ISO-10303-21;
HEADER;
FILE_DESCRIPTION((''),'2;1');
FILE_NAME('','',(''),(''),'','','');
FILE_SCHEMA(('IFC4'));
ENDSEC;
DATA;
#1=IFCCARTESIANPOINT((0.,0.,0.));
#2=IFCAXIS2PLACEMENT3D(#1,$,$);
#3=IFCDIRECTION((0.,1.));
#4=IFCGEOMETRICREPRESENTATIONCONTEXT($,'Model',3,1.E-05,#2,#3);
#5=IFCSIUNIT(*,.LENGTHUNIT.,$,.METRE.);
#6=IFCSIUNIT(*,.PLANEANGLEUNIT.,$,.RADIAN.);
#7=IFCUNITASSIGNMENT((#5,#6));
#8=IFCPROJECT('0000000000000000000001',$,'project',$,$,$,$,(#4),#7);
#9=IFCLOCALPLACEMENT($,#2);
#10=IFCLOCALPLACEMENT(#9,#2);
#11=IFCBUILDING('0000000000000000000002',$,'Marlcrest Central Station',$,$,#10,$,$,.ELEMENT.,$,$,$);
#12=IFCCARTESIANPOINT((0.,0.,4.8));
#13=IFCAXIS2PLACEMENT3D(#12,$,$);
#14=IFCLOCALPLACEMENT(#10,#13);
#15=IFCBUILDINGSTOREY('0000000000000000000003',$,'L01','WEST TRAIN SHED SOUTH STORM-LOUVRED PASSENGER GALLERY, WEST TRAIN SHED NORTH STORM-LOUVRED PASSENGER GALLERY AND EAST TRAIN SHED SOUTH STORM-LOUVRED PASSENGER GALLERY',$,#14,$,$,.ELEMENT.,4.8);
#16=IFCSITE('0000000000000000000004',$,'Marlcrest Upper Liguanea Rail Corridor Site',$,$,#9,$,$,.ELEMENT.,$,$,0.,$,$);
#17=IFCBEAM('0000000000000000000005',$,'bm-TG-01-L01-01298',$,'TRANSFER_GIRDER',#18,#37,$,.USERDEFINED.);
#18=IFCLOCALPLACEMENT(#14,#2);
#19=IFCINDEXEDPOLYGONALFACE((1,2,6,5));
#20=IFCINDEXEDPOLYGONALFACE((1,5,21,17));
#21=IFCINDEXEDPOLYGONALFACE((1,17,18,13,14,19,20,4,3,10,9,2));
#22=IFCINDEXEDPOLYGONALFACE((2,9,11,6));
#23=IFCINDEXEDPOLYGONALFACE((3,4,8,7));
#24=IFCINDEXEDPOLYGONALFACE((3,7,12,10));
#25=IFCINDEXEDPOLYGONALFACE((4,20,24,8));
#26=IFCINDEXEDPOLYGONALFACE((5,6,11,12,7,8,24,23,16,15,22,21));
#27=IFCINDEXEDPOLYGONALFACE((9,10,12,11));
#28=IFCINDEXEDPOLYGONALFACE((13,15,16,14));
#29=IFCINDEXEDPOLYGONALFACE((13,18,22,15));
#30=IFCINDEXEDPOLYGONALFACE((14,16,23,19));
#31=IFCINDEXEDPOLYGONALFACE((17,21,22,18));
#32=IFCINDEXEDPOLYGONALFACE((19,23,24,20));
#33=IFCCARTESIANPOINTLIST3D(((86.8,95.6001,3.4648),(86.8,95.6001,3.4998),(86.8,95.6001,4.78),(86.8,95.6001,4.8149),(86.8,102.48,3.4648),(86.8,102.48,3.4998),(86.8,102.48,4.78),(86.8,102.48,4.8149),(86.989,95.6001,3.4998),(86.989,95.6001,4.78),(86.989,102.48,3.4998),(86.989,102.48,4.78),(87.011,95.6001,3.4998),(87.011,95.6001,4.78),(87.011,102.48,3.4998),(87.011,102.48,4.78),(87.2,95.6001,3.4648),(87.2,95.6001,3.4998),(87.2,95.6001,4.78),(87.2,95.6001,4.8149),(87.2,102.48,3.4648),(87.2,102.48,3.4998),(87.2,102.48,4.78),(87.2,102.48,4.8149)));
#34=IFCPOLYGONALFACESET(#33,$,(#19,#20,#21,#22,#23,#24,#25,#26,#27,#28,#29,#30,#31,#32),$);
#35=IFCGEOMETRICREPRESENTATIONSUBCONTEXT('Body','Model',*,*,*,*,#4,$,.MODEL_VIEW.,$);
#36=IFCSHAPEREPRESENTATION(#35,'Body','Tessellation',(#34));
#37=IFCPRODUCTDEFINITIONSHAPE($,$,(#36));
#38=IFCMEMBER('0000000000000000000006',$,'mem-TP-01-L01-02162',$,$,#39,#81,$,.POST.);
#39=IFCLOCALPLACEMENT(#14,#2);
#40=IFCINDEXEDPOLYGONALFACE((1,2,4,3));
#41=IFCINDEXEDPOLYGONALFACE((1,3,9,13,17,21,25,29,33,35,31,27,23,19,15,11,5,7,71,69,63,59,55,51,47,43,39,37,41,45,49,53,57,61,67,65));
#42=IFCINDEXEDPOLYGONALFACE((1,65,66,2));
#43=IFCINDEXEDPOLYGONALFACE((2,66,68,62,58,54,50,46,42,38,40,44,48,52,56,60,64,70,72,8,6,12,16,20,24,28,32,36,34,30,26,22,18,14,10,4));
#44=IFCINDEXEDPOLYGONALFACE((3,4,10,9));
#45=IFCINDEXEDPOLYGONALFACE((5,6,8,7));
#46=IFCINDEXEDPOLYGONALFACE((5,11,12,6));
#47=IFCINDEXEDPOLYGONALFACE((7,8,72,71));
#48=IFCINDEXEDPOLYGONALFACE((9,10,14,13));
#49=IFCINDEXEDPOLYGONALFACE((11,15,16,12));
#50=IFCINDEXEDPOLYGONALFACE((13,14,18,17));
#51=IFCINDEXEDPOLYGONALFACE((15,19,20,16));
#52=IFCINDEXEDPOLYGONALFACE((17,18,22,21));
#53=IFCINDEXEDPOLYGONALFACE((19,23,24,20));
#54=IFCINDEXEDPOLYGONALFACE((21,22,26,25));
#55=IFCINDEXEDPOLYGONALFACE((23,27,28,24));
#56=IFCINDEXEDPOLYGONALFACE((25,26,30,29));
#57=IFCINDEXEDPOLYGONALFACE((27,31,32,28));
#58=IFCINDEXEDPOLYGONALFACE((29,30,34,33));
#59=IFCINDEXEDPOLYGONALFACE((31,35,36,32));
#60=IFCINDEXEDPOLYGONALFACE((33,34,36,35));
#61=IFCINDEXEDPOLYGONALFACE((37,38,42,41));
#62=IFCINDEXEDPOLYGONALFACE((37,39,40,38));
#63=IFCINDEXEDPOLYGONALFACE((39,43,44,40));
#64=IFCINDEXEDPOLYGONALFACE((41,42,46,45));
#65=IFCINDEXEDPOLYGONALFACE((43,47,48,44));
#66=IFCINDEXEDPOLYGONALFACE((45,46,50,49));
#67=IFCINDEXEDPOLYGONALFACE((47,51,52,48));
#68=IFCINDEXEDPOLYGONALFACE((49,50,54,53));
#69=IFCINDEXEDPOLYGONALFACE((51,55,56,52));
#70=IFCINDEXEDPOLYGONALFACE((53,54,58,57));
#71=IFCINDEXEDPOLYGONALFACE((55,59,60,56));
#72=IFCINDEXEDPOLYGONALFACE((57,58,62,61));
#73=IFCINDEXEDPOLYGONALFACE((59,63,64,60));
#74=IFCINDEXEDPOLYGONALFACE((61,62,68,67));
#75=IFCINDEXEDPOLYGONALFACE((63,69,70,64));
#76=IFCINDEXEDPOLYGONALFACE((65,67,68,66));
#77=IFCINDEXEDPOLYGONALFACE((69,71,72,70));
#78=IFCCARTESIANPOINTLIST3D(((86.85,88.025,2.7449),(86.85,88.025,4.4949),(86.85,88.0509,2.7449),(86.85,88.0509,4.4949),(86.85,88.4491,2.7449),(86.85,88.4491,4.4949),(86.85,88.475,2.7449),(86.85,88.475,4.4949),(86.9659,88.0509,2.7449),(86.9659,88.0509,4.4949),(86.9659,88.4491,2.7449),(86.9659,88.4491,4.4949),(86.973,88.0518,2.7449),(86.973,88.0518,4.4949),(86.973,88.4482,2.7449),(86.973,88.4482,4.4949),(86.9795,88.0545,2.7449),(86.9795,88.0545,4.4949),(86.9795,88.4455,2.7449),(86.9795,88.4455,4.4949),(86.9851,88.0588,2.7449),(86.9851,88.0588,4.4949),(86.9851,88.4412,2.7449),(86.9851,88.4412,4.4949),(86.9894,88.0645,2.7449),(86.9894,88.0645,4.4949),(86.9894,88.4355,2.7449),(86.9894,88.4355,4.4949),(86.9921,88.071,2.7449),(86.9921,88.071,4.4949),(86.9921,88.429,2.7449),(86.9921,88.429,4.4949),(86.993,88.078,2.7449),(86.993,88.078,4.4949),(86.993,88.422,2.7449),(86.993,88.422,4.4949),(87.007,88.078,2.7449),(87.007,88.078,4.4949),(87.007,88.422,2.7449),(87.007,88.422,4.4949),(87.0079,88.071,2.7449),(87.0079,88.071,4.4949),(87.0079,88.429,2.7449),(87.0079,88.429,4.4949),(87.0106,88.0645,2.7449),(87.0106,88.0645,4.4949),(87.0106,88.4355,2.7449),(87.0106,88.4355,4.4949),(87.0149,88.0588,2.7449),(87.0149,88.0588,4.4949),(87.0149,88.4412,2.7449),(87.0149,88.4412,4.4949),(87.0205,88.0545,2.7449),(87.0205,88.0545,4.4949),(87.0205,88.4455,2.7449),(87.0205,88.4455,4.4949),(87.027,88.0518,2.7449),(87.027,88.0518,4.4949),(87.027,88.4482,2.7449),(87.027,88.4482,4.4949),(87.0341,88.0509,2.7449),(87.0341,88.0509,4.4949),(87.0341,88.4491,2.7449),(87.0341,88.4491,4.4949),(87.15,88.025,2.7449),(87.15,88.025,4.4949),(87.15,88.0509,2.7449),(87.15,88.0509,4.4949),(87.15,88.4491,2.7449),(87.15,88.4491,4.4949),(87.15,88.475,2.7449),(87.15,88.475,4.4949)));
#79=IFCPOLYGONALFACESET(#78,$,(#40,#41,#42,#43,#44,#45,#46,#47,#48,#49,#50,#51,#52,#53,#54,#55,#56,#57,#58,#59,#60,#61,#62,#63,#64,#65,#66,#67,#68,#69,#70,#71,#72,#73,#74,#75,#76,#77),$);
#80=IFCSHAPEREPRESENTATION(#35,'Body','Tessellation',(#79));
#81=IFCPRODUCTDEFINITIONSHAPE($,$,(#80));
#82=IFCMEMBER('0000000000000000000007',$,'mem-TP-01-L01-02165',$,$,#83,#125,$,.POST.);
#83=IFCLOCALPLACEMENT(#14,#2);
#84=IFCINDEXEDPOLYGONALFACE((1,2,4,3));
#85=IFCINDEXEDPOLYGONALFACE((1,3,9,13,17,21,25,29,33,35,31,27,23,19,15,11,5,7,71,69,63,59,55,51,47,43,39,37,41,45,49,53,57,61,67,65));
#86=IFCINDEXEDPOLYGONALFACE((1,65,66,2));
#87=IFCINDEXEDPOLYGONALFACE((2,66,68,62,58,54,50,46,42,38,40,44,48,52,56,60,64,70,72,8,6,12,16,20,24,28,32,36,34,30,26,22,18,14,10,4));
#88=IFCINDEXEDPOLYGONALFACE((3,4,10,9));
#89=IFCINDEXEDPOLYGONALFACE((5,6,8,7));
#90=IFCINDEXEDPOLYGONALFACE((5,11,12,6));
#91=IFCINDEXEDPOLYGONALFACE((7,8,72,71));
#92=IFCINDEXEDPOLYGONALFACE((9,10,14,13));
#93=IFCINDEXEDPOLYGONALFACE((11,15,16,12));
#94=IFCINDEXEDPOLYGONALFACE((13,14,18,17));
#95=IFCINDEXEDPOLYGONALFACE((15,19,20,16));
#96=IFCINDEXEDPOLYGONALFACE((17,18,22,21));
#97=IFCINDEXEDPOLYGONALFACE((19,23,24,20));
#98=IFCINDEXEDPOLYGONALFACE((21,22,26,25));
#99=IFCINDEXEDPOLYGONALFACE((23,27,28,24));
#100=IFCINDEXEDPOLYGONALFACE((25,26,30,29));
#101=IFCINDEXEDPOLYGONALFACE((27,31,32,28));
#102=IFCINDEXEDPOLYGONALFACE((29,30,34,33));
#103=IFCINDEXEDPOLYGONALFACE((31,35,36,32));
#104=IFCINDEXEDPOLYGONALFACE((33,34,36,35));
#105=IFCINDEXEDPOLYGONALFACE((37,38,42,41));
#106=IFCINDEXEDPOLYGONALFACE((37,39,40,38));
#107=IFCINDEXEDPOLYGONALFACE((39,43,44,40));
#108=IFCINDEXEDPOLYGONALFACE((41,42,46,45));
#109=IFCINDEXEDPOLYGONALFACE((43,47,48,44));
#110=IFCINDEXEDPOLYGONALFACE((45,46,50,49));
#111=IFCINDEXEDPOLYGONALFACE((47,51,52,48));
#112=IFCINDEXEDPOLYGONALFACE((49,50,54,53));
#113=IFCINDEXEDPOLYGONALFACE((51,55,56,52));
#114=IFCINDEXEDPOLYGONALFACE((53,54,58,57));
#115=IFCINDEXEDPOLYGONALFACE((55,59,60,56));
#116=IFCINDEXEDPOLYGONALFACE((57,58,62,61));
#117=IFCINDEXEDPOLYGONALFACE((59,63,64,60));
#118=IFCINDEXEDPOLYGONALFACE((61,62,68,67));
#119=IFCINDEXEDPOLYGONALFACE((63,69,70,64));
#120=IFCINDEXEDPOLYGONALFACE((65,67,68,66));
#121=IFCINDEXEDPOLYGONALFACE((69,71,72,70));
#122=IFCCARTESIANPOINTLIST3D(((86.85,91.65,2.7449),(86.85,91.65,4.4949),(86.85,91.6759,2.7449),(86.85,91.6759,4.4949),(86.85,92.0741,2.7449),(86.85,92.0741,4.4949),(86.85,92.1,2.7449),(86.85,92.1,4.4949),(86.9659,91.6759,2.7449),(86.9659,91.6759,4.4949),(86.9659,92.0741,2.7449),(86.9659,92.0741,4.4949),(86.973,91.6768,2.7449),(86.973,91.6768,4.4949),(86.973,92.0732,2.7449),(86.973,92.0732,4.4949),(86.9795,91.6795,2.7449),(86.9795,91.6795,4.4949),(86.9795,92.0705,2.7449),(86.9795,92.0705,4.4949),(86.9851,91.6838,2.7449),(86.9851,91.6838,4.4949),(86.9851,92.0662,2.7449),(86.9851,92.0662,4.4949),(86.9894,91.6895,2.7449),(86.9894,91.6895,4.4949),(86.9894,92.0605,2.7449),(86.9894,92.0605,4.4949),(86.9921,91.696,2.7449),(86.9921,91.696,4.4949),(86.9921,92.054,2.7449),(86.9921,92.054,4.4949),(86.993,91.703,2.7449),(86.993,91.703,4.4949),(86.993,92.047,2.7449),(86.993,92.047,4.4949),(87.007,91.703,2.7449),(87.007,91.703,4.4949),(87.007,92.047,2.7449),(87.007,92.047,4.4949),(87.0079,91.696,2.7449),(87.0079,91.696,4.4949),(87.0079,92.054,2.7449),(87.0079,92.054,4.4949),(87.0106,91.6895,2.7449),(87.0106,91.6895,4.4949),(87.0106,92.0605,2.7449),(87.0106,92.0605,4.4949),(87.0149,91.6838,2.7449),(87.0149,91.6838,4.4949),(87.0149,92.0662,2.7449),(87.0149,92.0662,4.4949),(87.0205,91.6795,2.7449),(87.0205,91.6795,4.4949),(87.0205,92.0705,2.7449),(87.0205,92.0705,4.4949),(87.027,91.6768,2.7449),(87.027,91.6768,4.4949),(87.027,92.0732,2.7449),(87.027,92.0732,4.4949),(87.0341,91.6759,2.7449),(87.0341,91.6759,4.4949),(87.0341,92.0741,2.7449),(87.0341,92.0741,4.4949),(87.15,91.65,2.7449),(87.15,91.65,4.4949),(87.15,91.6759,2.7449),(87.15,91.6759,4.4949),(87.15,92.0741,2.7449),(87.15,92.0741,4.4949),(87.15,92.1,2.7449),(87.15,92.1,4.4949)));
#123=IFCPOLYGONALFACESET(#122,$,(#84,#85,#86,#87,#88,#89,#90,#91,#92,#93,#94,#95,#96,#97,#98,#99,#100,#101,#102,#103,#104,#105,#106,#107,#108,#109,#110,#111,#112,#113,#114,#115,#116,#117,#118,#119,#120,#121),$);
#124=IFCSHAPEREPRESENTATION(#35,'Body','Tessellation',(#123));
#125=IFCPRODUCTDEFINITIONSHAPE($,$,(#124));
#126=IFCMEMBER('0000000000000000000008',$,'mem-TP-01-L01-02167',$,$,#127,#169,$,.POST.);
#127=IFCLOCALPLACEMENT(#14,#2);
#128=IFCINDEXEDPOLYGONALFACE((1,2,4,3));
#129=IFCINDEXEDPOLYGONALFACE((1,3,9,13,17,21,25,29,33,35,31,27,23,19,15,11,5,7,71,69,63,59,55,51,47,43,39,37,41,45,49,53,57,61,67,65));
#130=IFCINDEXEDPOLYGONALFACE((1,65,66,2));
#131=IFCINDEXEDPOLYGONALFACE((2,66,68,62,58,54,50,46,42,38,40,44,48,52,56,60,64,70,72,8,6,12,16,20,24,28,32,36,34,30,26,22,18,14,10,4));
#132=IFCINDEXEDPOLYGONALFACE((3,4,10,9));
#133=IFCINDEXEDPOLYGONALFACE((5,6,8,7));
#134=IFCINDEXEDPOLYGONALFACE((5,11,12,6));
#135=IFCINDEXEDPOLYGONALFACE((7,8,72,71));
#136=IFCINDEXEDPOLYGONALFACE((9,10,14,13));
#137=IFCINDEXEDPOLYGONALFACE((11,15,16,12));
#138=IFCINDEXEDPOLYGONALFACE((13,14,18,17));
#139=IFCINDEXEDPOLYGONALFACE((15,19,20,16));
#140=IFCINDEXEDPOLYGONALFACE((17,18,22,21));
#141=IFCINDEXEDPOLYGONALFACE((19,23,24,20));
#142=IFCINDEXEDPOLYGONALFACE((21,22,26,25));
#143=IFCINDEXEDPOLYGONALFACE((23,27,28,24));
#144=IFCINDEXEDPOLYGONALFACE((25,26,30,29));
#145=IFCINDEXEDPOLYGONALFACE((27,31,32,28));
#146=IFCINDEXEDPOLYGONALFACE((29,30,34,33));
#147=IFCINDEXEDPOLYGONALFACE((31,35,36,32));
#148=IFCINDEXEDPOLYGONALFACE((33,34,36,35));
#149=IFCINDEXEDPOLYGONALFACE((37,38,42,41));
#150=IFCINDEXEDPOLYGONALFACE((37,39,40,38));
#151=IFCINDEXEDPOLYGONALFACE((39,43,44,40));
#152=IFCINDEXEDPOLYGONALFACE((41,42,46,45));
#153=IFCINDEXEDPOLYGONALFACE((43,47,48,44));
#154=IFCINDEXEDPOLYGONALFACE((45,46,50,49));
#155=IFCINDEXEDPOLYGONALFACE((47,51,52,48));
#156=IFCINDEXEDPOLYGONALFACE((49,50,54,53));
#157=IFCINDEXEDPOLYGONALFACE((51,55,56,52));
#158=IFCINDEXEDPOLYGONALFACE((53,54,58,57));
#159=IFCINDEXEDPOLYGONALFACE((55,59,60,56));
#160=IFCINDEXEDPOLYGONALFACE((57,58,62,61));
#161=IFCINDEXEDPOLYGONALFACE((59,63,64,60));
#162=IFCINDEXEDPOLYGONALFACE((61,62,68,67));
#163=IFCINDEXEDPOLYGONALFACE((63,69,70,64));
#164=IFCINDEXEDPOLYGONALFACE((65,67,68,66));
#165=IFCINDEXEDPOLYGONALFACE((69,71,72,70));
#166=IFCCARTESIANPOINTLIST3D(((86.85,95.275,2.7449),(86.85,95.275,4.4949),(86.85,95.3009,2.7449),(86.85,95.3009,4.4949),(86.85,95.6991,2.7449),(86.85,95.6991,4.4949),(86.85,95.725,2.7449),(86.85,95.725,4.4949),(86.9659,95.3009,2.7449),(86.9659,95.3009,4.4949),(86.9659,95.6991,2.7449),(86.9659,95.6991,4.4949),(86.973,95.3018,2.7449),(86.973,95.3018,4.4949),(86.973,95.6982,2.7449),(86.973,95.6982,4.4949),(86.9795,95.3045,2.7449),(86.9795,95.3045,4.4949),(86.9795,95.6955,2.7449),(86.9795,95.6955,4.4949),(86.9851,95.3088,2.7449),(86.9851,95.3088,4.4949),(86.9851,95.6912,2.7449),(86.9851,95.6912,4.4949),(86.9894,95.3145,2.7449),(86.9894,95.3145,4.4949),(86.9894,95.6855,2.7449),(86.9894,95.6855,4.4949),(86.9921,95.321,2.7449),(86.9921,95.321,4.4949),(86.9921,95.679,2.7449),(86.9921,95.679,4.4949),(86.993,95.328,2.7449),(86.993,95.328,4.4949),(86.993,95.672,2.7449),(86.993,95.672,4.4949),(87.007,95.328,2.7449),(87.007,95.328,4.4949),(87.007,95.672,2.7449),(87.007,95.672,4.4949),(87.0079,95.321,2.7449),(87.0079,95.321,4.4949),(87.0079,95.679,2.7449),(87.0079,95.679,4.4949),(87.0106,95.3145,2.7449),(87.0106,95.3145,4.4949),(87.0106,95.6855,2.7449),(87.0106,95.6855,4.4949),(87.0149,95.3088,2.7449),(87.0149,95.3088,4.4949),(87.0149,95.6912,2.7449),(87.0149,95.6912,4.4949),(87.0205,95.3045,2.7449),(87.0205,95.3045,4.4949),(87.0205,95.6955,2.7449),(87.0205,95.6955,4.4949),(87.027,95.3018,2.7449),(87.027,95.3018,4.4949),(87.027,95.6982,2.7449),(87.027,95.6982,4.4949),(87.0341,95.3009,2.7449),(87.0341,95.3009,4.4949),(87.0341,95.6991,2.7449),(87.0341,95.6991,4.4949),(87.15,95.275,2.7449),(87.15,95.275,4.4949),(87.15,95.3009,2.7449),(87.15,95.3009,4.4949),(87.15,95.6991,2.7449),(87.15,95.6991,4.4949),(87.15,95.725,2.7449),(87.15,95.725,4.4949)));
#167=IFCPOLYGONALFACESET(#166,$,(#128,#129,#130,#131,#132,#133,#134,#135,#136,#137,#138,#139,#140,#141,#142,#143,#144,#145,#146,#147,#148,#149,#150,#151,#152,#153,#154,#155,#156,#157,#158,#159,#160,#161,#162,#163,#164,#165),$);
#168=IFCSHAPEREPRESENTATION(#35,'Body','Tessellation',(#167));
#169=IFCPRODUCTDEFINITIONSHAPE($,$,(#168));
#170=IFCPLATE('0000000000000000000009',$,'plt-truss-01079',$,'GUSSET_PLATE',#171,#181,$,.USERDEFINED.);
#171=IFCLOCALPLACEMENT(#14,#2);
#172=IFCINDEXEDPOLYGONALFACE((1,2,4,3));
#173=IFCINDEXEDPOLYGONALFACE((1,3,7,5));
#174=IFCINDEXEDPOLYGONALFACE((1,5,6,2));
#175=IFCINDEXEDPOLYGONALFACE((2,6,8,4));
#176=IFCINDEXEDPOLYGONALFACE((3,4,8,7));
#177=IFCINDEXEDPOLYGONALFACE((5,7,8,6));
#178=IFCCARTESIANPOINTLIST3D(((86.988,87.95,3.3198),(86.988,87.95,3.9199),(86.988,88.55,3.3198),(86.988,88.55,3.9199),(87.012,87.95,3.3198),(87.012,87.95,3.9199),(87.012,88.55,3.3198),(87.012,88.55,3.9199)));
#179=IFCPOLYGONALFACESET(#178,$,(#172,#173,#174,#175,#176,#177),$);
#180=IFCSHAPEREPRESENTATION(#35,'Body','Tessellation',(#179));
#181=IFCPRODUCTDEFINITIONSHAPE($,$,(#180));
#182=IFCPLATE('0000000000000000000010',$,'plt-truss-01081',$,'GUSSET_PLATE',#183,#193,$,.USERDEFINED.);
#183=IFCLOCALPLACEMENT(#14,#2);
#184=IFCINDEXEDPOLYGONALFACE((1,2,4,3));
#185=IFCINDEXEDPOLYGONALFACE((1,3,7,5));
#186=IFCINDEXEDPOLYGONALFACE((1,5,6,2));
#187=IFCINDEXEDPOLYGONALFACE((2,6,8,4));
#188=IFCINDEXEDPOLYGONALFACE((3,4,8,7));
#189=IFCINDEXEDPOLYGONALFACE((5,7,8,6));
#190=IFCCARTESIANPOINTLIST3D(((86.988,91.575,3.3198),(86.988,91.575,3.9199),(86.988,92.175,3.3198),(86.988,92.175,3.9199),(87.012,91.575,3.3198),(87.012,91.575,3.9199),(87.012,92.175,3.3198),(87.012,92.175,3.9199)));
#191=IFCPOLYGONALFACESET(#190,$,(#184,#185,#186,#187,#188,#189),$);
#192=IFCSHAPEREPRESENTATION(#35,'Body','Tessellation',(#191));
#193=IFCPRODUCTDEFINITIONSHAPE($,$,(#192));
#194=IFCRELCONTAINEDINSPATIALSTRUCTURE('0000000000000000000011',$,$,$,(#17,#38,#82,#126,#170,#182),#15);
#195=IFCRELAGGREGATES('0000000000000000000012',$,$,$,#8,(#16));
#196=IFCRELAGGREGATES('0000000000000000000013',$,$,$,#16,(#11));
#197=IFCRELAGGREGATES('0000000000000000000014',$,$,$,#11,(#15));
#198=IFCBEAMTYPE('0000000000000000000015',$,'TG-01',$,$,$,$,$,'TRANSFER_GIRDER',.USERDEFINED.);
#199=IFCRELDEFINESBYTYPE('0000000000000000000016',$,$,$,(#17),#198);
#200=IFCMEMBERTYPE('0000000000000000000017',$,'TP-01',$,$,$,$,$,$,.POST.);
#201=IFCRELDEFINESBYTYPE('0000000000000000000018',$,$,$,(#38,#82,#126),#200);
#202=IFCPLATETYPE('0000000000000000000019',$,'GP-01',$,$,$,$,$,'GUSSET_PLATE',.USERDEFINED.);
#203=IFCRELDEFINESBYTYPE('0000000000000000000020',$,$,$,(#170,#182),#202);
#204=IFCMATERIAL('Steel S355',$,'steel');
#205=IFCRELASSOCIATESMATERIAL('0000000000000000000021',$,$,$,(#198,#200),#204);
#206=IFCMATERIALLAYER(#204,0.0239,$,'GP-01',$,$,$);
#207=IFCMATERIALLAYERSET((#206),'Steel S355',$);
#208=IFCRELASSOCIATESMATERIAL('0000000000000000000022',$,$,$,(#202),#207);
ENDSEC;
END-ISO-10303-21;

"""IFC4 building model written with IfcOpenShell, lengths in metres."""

from ifc_helpers import new_model, si_unit, direction, frame, origin, origin_2d, place, context, subcontext, project, spatial, rectangle, i_section, extrude, material, layer, layer_set, material_profile, profile_set, type_object, element, save


model = new_model("IFC4")

# Units and contexts
model_context = context("Model", 3, precision=1e-05, world=origin(), true_north=direction((0.0, 1.0)))
body_context = subcontext(model_context, "Body", "Model", "MODEL_VIEW")
ifc_project = project(units=[si_unit("LENGTHUNIT", "METRE"), si_unit("PLANEANGLEUNIT", "RADIAN")], contexts=[model_context])

# Site, building, storey
site_placement = place(None, origin())
site = spatial("IfcSite", under=ifc_project, at=site_placement, Name="Marlcrest Upper Liguanea Rail Corridor Site", CompositionType="ELEMENT", RefElevation=0.0)
building_placement = place(site_placement, origin())
building = spatial("IfcBuilding", under=site, at=building_placement, Name="Marlcrest Central Station", CompositionType="ELEMENT")
storey_placement = place(building_placement, frame((0.0, 0.0, 4.8)))
storey = spatial("IfcBuildingStorey", under=building, at=storey_placement, Name="L01", Description="WEST TRAIN SHED SOUTH STORM-LOUVRED PASSENGER GALLERY, WEST TRAIN SHED NORTH STORM-LOUVRED PASSENGER GALLERY AND EAST TRAIN SHED SOUTH STORM-LOUVRED PASSENGER GALLERY", CompositionType="ELEMENT", Elevation=4.8)

# Shared definitions
ifc_material_1 = material(Name="Steel S355", Category="steel")

# Beam
ifc_material_profile_1 = material_profile(ifc_material_1, i_section(OverallWidth=0.3999, OverallDepth=1.3501, WebThickness=0.022, FlangeThickness=0.0349, at=origin_2d()), Name="PG 1350x400")
ifc_profile_set_1 = profile_set([ifc_material_profile_1], Name="Steel S355")
beam_type_1 = type_object("IfcBeamType", Name="TG-01", ElementType="TRANSFER_GIRDER", PredefinedType="USERDEFINED", material=ifc_profile_set_1)
beam_1_placement = place(storey_placement, frame((87.0, 95.6001, 4.1399), z_axis=(0.0, 1.0, 0.0), x_axis=(-1.0, 0.0, 0.0)))
element("IfcBeam", 1, at=beam_1_placement, inside=storey, type_object=beam_type_1, Name="bm-TG-01-L01-01298", ObjectType="TRANSFER_GIRDER", PredefinedType="USERDEFINED", context=body_context, shape_type="SweptSolid", body=[
    extrude(i_section(OverallWidth=0.3999, OverallDepth=1.3501, WebThickness=0.022, FlangeThickness=0.0349, at=origin_2d()), origin(), (0.0, 0.0, 1.0), 6.8799),
])

# Members
ifc_material_profile_2 = material_profile(ifc_material_1, i_section(OverallWidth=0.3, OverallDepth=0.45, WebThickness=0.0139, FlangeThickness=0.0259, FilletRadius=0.0271, at=origin_2d()), Name="HEB 450")
ifc_profile_set_2 = profile_set([ifc_material_profile_2], Name="Steel S355")
member_type_1 = type_object("IfcMemberType", Name="TP-01", PredefinedType="POST", material=ifc_profile_set_2)
for number, where, z_axis, x_axis, name in (
    (2, (87.0, 88.25, 2.7449), (0.0, 0.0, 1.0), (1.0, 0.0, 0.0), "mem-TP-01-L01-02162"),
    (3, (87.0, 91.875, 2.7449), (0.0, 0.0, 1.0), (1.0, 0.0, 0.0), "mem-TP-01-L01-02165"),
    (4, (87.0, 95.5, 2.7449), (0.0, 0.0, 1.0), (1.0, 0.0, 0.0), "mem-TP-01-L01-02167"),
):
    element("IfcMember", number, at=place(storey_placement, frame(where, z_axis=z_axis, x_axis=x_axis)), inside=storey, type_object=member_type_1, Name=name, PredefinedType="POST", context=body_context, shape_type="SweptSolid", body=[
        extrude(i_section(OverallWidth=0.3, OverallDepth=0.45, WebThickness=0.0139, FlangeThickness=0.0259, FilletRadius=0.0271, at=origin_2d()), origin(), (0.0, 0.0, 1.0), 1.75),
    ])

# Plates
ifc_layer_1 = layer(ifc_material_1, 0.0239, Name="GP-01")
ifc_layer_set_1 = layer_set([ifc_layer_1], Name="Steel S355")
plate_type_1 = type_object("IfcPlateType", Name="GP-01", ElementType="GUSSET_PLATE", PredefinedType="USERDEFINED", material=ifc_layer_set_1)
for number, where, z_axis, x_axis, name in (
    (5, (87.0, 88.25, 3.3198), (0.0, 0.0, 1.0), (1.0, 0.0, 0.0), "plt-truss-01079"),
    (6, (87.0, 91.875, 3.3198), (0.0, 0.0, 1.0), (1.0, 0.0, 0.0), "plt-truss-01081"),
):
    element("IfcPlate", number, at=place(storey_placement, frame(where, z_axis=z_axis, x_axis=x_axis)), inside=storey, type_object=plate_type_1, Name=name, ObjectType="GUSSET_PLATE", PredefinedType="USERDEFINED", context=body_context, shape_type="SweptSolid", body=[
        extrude(rectangle(XDim=0.0239, YDim=0.6001, at=origin_2d()), origin(), (0.0, 0.0, 1.0), 0.6001),
    ])

save(model, "model.ifc")
